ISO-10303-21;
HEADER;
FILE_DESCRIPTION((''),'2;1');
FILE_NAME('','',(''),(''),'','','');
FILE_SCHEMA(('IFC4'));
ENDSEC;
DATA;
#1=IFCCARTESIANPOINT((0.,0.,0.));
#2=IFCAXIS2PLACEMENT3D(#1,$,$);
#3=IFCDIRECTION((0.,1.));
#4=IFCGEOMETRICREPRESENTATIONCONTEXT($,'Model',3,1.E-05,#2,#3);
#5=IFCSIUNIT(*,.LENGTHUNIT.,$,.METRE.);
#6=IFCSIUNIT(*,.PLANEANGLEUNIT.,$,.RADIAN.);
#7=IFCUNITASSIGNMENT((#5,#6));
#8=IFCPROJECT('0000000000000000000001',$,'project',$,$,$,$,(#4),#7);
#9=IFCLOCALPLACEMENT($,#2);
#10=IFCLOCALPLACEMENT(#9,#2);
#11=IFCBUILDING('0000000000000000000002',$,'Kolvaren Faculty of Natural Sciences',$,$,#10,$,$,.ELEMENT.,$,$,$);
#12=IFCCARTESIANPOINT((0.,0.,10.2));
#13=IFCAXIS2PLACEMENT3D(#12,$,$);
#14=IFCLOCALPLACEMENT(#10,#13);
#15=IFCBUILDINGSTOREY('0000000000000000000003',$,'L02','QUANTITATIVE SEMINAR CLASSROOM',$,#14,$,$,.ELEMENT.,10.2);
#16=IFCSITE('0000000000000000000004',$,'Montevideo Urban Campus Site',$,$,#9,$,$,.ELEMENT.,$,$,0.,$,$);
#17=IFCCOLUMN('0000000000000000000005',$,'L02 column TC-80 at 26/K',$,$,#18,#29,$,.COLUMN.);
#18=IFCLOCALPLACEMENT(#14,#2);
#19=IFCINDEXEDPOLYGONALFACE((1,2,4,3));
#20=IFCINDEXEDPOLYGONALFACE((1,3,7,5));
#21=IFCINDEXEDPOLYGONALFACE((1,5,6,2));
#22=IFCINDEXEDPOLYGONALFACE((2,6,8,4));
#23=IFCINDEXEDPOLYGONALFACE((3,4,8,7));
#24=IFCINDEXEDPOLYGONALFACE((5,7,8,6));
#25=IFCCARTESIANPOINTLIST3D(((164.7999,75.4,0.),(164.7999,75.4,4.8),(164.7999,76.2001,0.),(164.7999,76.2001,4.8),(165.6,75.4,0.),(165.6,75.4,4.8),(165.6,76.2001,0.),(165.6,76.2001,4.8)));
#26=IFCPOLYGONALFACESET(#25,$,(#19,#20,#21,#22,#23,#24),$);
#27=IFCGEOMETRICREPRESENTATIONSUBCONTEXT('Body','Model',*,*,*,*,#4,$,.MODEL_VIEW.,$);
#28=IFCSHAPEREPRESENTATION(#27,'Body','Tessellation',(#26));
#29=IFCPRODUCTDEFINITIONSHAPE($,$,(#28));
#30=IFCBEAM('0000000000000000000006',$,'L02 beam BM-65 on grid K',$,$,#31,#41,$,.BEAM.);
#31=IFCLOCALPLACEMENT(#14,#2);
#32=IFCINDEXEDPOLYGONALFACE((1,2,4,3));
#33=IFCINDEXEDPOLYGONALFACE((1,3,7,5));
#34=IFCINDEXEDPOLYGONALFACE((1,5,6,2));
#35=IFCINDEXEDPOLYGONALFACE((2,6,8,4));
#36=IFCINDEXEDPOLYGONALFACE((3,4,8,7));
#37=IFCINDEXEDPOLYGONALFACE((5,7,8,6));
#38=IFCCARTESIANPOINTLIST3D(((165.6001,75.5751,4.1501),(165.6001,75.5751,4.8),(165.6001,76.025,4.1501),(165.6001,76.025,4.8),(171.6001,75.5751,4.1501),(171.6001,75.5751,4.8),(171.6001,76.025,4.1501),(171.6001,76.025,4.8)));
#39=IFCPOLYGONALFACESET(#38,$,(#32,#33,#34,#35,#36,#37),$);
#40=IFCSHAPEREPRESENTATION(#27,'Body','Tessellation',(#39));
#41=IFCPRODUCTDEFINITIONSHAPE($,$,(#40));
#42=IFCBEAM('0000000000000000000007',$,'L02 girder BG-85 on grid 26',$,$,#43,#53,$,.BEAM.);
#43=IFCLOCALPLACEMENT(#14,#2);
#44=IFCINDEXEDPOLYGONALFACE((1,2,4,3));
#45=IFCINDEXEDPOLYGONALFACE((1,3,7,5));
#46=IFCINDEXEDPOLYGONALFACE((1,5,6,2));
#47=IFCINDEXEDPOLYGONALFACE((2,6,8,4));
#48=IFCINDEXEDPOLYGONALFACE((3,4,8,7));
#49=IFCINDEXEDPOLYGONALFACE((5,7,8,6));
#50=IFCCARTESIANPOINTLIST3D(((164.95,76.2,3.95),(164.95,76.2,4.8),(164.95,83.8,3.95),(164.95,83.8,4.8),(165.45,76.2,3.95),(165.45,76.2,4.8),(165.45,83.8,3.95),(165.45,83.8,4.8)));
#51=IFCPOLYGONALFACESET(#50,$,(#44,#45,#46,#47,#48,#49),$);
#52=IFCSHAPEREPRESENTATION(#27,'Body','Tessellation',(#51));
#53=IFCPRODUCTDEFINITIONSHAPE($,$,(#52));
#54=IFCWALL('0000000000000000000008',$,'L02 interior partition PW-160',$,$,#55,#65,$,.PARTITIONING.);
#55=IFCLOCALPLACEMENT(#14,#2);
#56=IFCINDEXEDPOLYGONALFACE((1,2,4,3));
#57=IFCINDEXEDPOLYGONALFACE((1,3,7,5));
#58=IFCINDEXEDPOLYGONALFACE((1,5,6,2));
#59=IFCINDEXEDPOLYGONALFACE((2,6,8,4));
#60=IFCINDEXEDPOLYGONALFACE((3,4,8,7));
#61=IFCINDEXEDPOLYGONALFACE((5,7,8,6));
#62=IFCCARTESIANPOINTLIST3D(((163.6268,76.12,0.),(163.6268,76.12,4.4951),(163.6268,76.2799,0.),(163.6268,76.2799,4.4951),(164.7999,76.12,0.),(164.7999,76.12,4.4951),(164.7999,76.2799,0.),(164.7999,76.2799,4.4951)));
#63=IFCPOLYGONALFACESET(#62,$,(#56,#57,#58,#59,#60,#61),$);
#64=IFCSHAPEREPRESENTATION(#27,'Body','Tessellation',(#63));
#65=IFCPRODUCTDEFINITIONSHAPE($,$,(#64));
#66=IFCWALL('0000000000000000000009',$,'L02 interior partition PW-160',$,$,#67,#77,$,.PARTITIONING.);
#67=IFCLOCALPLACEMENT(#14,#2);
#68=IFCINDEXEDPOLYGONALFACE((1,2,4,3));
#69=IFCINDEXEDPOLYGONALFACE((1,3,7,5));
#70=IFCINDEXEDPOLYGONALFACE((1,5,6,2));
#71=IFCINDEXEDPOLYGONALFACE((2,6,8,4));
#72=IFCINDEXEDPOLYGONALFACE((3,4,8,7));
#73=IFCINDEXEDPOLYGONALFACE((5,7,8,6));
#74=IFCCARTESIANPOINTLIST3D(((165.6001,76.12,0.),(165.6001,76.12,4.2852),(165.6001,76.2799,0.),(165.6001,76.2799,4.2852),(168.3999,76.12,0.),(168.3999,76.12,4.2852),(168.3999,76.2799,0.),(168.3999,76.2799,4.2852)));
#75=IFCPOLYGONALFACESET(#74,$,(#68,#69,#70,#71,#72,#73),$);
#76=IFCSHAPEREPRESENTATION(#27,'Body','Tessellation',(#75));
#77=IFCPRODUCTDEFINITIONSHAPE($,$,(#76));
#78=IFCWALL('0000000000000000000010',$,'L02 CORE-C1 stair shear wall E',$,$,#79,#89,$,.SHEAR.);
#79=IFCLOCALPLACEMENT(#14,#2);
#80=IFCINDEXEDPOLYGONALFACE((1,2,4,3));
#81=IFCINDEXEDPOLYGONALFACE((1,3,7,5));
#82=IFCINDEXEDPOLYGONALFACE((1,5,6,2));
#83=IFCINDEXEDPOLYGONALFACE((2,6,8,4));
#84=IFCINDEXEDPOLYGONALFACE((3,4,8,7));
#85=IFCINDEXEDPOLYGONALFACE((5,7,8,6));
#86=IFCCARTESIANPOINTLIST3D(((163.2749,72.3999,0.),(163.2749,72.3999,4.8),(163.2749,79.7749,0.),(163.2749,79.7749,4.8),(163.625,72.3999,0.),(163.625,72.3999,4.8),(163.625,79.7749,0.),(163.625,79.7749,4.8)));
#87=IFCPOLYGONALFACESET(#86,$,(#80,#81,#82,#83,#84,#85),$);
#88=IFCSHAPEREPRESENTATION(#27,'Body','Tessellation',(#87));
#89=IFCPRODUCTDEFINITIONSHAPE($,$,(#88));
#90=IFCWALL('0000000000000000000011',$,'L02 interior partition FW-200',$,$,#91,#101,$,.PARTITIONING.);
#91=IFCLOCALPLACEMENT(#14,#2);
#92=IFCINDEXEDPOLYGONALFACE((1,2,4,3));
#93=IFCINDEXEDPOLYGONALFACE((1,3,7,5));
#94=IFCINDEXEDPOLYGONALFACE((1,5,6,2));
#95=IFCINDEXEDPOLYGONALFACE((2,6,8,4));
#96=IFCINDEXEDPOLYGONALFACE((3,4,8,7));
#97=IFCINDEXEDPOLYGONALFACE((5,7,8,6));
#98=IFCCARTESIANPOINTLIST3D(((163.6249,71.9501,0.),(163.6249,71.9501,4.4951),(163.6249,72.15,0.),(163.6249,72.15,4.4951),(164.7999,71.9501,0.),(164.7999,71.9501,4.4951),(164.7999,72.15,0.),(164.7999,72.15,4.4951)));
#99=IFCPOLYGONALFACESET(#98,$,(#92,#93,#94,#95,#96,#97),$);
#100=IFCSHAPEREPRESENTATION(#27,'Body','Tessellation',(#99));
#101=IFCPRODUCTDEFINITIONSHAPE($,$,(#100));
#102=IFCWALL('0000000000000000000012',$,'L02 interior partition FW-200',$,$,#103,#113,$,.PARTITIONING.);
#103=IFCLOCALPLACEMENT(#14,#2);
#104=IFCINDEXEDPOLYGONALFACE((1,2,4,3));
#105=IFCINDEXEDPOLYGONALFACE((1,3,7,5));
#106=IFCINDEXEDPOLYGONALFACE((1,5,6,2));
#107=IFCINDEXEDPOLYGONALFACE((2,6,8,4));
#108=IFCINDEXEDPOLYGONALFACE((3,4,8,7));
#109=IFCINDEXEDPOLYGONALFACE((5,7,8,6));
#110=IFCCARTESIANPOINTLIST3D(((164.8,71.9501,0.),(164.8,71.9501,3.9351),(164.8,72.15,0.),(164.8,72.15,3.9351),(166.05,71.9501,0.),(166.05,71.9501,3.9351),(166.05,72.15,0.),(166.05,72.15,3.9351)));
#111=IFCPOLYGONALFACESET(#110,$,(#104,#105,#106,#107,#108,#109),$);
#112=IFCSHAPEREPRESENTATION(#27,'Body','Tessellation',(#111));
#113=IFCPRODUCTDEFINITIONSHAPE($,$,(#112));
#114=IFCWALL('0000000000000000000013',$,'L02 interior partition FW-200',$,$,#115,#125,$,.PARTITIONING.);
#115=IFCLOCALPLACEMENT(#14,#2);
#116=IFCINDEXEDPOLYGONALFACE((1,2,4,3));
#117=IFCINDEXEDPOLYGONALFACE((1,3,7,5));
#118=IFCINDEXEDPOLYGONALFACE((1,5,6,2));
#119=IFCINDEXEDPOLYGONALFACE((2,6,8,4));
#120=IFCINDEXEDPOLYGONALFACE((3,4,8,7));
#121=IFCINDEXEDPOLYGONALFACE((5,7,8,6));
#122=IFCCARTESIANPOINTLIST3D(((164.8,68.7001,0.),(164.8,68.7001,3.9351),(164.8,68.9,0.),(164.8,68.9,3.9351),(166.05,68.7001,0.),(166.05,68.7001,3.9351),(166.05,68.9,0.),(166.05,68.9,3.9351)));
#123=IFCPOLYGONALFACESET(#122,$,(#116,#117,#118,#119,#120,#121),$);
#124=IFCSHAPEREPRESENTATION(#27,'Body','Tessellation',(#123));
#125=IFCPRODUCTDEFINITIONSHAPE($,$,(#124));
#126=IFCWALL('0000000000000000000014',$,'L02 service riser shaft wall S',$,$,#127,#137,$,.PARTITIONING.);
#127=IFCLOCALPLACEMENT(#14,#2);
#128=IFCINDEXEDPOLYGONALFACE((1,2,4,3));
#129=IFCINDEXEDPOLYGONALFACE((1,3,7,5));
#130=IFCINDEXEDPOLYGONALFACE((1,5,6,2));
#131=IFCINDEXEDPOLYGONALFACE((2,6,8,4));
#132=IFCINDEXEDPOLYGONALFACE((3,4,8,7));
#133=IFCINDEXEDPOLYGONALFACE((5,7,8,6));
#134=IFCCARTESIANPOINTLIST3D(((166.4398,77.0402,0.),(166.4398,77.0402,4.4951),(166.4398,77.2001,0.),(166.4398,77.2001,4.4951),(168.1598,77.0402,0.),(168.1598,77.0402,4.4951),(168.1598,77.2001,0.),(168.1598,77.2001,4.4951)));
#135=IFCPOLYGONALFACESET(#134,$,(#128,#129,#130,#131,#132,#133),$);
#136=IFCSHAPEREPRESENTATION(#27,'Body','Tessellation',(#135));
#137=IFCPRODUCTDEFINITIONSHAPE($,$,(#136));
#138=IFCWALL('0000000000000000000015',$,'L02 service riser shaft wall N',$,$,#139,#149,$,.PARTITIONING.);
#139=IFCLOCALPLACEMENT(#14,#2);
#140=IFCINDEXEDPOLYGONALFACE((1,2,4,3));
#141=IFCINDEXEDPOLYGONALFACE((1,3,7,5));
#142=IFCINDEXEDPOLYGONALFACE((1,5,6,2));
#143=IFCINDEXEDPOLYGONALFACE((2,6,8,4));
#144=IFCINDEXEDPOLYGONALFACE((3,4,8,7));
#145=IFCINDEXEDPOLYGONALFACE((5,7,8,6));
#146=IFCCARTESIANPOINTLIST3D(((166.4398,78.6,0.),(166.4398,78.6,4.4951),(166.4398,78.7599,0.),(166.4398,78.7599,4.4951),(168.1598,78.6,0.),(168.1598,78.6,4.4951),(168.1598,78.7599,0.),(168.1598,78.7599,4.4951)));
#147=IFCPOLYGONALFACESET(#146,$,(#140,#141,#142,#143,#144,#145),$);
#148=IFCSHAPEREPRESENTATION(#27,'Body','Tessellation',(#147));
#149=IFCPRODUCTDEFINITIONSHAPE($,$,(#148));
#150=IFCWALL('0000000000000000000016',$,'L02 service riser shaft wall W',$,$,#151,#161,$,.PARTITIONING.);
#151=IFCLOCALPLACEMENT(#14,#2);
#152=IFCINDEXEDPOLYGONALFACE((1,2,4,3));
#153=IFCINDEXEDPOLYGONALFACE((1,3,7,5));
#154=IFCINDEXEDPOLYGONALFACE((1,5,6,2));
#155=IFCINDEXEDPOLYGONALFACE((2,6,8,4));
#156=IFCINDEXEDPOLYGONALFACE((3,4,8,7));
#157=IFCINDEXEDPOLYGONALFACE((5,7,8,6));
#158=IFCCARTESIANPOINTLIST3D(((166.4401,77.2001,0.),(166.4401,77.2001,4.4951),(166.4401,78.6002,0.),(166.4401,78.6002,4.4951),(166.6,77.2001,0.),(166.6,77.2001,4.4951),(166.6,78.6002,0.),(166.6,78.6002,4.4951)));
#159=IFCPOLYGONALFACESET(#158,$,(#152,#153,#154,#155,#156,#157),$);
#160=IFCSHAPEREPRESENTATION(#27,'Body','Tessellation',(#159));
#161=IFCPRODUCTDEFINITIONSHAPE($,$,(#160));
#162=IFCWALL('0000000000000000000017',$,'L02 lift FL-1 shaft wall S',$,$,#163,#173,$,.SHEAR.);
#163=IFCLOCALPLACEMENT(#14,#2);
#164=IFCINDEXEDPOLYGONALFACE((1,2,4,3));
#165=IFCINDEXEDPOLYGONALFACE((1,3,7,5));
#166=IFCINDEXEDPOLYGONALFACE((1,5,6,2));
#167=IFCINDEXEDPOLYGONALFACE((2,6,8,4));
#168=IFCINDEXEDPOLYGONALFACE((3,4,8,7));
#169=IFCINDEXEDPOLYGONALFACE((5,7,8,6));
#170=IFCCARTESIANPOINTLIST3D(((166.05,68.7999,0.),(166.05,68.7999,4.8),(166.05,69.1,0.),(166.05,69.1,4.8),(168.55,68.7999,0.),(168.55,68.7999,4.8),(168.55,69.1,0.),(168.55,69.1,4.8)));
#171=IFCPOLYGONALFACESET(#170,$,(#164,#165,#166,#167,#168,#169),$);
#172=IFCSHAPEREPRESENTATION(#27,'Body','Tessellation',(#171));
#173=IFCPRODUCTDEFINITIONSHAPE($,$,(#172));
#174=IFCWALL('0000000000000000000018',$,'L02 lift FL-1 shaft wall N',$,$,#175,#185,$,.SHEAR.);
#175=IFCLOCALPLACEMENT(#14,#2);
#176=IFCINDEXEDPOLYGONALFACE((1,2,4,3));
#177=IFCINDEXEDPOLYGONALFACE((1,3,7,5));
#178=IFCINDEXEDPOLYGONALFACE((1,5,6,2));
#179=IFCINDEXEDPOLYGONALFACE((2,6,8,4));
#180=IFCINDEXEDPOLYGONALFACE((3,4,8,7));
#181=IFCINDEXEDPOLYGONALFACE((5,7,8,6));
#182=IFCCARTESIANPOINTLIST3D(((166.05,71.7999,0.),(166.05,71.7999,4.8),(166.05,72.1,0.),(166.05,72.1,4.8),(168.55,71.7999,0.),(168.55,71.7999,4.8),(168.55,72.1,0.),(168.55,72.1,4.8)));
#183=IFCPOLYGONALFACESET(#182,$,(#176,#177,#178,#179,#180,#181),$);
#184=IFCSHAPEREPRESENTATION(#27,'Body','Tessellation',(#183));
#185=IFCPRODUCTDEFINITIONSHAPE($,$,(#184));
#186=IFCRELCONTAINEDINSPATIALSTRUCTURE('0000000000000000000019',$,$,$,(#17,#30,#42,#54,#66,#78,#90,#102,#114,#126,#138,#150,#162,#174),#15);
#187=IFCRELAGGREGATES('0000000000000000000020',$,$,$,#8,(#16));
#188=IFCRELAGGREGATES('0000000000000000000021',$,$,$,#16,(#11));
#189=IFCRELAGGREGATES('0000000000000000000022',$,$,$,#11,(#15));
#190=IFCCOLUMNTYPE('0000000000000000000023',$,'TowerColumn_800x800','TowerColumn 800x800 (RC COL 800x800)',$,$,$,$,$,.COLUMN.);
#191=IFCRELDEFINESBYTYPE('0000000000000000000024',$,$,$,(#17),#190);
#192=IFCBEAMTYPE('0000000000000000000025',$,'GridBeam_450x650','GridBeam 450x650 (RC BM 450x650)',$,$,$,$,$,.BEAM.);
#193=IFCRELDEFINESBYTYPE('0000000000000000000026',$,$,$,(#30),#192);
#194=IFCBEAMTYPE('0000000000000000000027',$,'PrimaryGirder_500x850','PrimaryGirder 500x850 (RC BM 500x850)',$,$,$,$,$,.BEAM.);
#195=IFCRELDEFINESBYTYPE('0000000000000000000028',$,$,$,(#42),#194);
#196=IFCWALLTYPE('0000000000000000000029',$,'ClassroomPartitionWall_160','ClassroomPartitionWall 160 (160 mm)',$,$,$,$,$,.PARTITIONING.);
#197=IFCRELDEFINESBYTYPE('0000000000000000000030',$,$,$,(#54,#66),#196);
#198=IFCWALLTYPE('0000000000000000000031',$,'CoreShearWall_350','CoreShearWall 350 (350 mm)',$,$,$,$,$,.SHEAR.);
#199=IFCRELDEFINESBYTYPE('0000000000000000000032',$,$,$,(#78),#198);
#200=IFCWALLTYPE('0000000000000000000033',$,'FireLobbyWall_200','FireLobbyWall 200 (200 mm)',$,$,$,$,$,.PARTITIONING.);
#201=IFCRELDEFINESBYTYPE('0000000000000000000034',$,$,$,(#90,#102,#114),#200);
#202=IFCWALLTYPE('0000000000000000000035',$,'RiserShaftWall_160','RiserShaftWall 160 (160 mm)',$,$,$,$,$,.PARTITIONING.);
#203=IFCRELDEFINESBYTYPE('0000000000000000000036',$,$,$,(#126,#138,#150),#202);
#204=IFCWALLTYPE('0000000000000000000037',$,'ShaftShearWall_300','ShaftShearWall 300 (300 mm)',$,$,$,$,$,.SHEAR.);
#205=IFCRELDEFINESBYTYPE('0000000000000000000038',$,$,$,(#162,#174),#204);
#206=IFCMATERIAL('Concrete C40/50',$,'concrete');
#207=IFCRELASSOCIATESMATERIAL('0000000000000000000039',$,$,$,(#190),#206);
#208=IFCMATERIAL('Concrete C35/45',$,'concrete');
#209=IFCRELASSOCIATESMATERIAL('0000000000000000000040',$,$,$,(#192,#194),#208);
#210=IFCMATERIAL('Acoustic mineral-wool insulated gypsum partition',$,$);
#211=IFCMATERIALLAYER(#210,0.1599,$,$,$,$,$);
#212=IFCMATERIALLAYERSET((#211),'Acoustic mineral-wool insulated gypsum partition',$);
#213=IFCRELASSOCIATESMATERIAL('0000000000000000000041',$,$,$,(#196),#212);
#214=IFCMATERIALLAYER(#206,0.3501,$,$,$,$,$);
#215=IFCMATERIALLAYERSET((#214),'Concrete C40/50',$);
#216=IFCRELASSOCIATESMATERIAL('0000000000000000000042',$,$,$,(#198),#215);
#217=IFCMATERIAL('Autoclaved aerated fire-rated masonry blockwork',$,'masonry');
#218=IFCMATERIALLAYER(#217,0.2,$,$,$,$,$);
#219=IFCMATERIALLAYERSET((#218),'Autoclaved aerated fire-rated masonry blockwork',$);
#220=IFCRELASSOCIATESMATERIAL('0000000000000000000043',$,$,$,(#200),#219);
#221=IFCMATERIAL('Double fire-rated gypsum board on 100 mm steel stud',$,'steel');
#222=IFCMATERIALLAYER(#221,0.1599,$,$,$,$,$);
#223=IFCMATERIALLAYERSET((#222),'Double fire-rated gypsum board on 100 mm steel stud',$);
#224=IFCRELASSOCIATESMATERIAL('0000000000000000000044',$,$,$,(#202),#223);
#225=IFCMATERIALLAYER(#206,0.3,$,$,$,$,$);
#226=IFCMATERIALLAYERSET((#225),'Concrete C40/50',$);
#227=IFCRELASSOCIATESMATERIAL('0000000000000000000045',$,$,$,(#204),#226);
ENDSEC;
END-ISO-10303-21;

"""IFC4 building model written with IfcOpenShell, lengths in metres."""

from ifc_helpers import new_model, si_unit, direction, frame, frame_2d, origin, origin_2d, place, context, subcontext, project, spatial, rectangle, extrude, material, layer, layer_set, material_profile, profile_set, type_object, element, save


model = new_model("IFC4")

# Units and contexts
model_context = context("Model", 3, precision=1e-05, world=origin(), true_north=direction((0.0, 1.0)))
body_context = subcontext(model_context, "Body", "Model", "MODEL_VIEW")
ifc_project = project(units=[si_unit("LENGTHUNIT", "METRE"), si_unit("PLANEANGLEUNIT", "RADIAN")], contexts=[model_context])

# Site, building, storey
site_placement = place(None, origin())
site = spatial("IfcSite", under=ifc_project, at=site_placement, Name="Montevideo Urban Campus Site", CompositionType="ELEMENT", RefElevation=0.0)
building_placement = place(site_placement, origin())
building = spatial("IfcBuilding", under=site, at=building_placement, Name="Kolvaren Faculty of Natural Sciences", CompositionType="ELEMENT")
storey_placement = place(building_placement, frame((0.0, 0.0, 10.2)))
storey = spatial("IfcBuildingStorey", under=building, at=storey_placement, Name="L02", Description="QUANTITATIVE SEMINAR CLASSROOM", CompositionType="ELEMENT", Elevation=10.2)

# Column
ifc_material_1 = material(Name="Concrete C40/50", Category="concrete")
ifc_material_profile_1 = material_profile(ifc_material_1, rectangle(XDim=0.8, YDim=0.8, at=origin_2d()), Name="RC COL 800x800")
ifc_profile_set_1 = profile_set([ifc_material_profile_1], Name="Concrete C40/50")
column_type = type_object("IfcColumnType", Name="TowerColumn_800x800", Description="TowerColumn 800x800 (RC COL 800x800)", PredefinedType="COLUMN", material=ifc_profile_set_1)
column_placement = place(storey_placement, frame((165.2, 75.8, 0.0), z_axis=(0.0, 0.0, 1.0), x_axis=(1.0, 0.0, 0.0)))
element("IfcColumn", 1, at=column_placement, inside=storey, type_object=column_type, Name="L02 column TC-80 at 26/K", PredefinedType="COLUMN", context=body_context, shape_type="SweptSolid", body=[
    extrude(rectangle(XDim=0.8, YDim=0.8, at=origin_2d()), origin(), (0.0, 0.0, 1.0), 4.8),
])

# Beams
ifc_material_2 = material(Name="Concrete C35/45", Category="concrete")
ifc_material_profile_2 = material_profile(ifc_material_2, rectangle(XDim=0.45, YDim=0.6499, at=origin_2d()), Name="RC BM 450x650")
ifc_profile_set_2 = profile_set([ifc_material_profile_2], Name="Concrete C35/45")
beam_type_1 = type_object("IfcBeamType", Name="GridBeam_450x650", Description="GridBeam 450x650 (RC BM 450x650)", PredefinedType="BEAM", material=ifc_profile_set_2)
beam_1_placement = place(storey_placement, frame((165.6001, 75.8, 4.4751), z_axis=(1.0, 0.0, 0.0), x_axis=(0.0, 1.0, 0.0)))
element("IfcBeam", 2, at=beam_1_placement, inside=storey, type_object=beam_type_1, Name="L02 beam BM-65 on grid K", PredefinedType="BEAM", context=body_context, shape_type="SweptSolid", body=[
    extrude(rectangle(XDim=0.45, YDim=0.6499, at=origin_2d()), origin(), (0.0, 0.0, 1.0), 6.0),
])
ifc_material_profile_3 = material_profile(ifc_material_2, rectangle(XDim=0.5, YDim=0.8501, at=origin_2d()), Name="RC BM 500x850")
ifc_profile_set_3 = profile_set([ifc_material_profile_3], Name="Concrete C35/45")
beam_type_2 = type_object("IfcBeamType", Name="PrimaryGirder_500x850", Description="PrimaryGirder 500x850 (RC BM 500x850)", PredefinedType="BEAM", material=ifc_profile_set_3)
beam_2_placement = place(storey_placement, frame((165.2, 76.2, 4.375), z_axis=(0.0, 1.0, 0.0), x_axis=(-1.0, 0.0, 0.0)))
element("IfcBeam", 3, at=beam_2_placement, inside=storey, type_object=beam_type_2, Name="L02 girder BG-85 on grid 26", PredefinedType="BEAM", context=body_context, shape_type="SweptSolid", body=[
    extrude(rectangle(XDim=0.5, YDim=0.8501, at=origin_2d()), origin(), (0.0, 0.0, 1.0), 7.6001),
])

# Walls
ifc_material_3 = material(Name="Acoustic mineral-wool insulated gypsum partition")
ifc_layer_1 = layer(ifc_material_3, 0.1599)
ifc_layer_set_1 = layer_set([ifc_layer_1], Name="Acoustic mineral-wool insulated gypsum partition")
wall_type_1 = type_object("IfcWallType", Name="ClassroomPartitionWall_160", Description="ClassroomPartitionWall 160 (160 mm)", PredefinedType="PARTITIONING", material=ifc_layer_set_1)
wall_1_placement = place(storey_placement, frame((163.627, 76.2, 0.0), z_axis=(0.0, 0.0, 1.0), x_axis=(1.0, 0.0, 0.0)))
element("IfcWall", 4, at=wall_1_placement, inside=storey, type_object=wall_type_1, Name="L02 interior partition PW-160", PredefinedType="PARTITIONING", context=body_context, shape_type="SweptSolid", body=[
    extrude(rectangle(XDim=1.1731, YDim=0.1599, at=frame_2d((0.5864, 0.0))), origin(), (0.0, 0.0, 1.0), 4.4951),
])
wall_2_placement = place(storey_placement, frame((165.6001, 76.2, 0.0), z_axis=(0.0, 0.0, 1.0), x_axis=(1.0, 0.0, 0.0)))
element("IfcWall", 5, at=wall_2_placement, inside=storey, type_object=wall_type_1, Name="L02 interior partition PW-160", PredefinedType="PARTITIONING", context=body_context, shape_type="SweptSolid", body=[
    extrude(rectangle(XDim=2.7998, YDim=0.1599, at=frame_2d((1.3999, 0.0))), origin(), (0.0, 0.0, 1.0), 4.2852),
])
ifc_layer_2 = layer(ifc_material_1, 0.3501)
ifc_layer_set_2 = layer_set([ifc_layer_2], Name="Concrete C40/50")
wall_type_2 = type_object("IfcWallType", Name="CoreShearWall_350", Description="CoreShearWall 350 (350 mm)", PredefinedType="SHEAR", material=ifc_layer_set_2)
wall_3_placement = place(storey_placement, frame((163.45, 72.3999, 0.0), z_axis=(0.0, 0.0, 1.0), x_axis=(0.0, 1.0, 0.0)))
element("IfcWall", 6, at=wall_3_placement, inside=storey, type_object=wall_type_2, Name="L02 CORE-C1 stair shear wall E", PredefinedType="SHEAR", context=body_context, shape_type="SweptSolid", body=[
    extrude(rectangle(XDim=7.375, YDim=0.3501, at=frame_2d((3.6875, 0.0))), origin(), (0.0, 0.0, 1.0), 4.8),
])
ifc_material_4 = material(Name="Autoclaved aerated fire-rated masonry blockwork", Category="masonry")
ifc_layer_3 = layer(ifc_material_4, 0.2)
ifc_layer_set_3 = layer_set([ifc_layer_3], Name="Autoclaved aerated fire-rated masonry blockwork")
wall_type_3 = type_object("IfcWallType", Name="FireLobbyWall_200", Description="FireLobbyWall 200 (200 mm)", PredefinedType="PARTITIONING", material=ifc_layer_set_3)
wall_4_placement = place(storey_placement, frame((163.625, 72.05, 0.0), z_axis=(0.0, 0.0, 1.0), x_axis=(1.0, 0.0, 0.0)))
element("IfcWall", 7, at=wall_4_placement, inside=storey, type_object=wall_type_3, Name="L02 interior partition FW-200", PredefinedType="PARTITIONING", context=body_context, shape_type="SweptSolid", body=[
    extrude(rectangle(XDim=1.175, YDim=0.2, at=frame_2d((0.5874, 0.0))), origin(), (0.0, 0.0, 1.0), 4.4951),
])
for number, where, z_axis, x_axis, name in (
    (8, (164.8, 72.05, 0.0), (0.0, 0.0, 1.0), (1.0, 0.0, 0.0), "L02 interior partition FW-200"),
    (9, (166.05, 68.8, 0.0), (0.0, 0.0, 1.0), (-1.0, 0.0, 0.0), "L02 interior partition FW-200"),
):
    element("IfcWall", number, at=place(storey_placement, frame(where, z_axis=z_axis, x_axis=x_axis)), inside=storey, type_object=wall_type_3, Name=name, PredefinedType="PARTITIONING", context=body_context, shape_type="SweptSolid", body=[
        extrude(rectangle(XDim=1.25, YDim=0.2, at=frame_2d((0.625, 0.0))), origin(), (0.0, 0.0, 1.0), 3.9351),
    ])
ifc_material_5 = material(Name="Double fire-rated gypsum board on 100 mm steel stud", Category="steel")
ifc_layer_4 = layer(ifc_material_5, 0.1599)
ifc_layer_set_4 = layer_set([ifc_layer_4], Name="Double fire-rated gypsum board on 100 mm steel stud")
wall_type_4 = type_object("IfcWallType", Name="RiserShaftWall_160", Description="RiserShaftWall 160 (160 mm)", PredefinedType="PARTITIONING", material=ifc_layer_set_4)
for number, where, z_axis, x_axis, name in (
    (10, (166.4399, 77.1201, 0.0), (0.0, 0.0, 1.0), (1.0, 0.0, 0.0), "L02 service riser shaft wall S"),
    (11, (166.4399, 78.6799, 0.0), (0.0, 0.0, 1.0), (1.0, 0.0, 0.0), "L02 service riser shaft wall N"),
):
    element("IfcWall", number, at=place(storey_placement, frame(where, z_axis=z_axis, x_axis=x_axis)), inside=storey, type_object=wall_type_4, Name=name, PredefinedType="PARTITIONING", context=body_context, shape_type="SweptSolid", body=[
        extrude(rectangle(XDim=1.72, YDim=0.1599, at=frame_2d((0.8599, 0.0))), origin(), (0.0, 0.0, 1.0), 4.4951),
    ])
wall_5_placement = place(storey_placement, frame((166.52, 77.2, 0.0), z_axis=(0.0, 0.0, 1.0), x_axis=(0.0, 1.0, 0.0)))
element("IfcWall", 12, at=wall_5_placement, inside=storey, type_object=wall_type_4, Name="L02 service riser shaft wall W", PredefinedType="PARTITIONING", context=body_context, shape_type="SweptSolid", body=[
    extrude(rectangle(XDim=1.4001, YDim=0.1599, at=frame_2d((0.7002, 0.0))), origin(), (0.0, 0.0, 1.0), 4.4951),
])
ifc_layer_5 = layer(ifc_material_1, 0.3)
ifc_layer_set_5 = layer_set([ifc_layer_5], Name="Concrete C40/50")
wall_type_5 = type_object("IfcWallType", Name="ShaftShearWall_300", Description="ShaftShearWall 300 (300 mm)", PredefinedType="SHEAR", material=ifc_layer_set_5)
for number, where, z_axis, x_axis, name in (
    (13, (166.05, 68.95, 0.0), (0.0, 0.0, 1.0), (1.0, 0.0, 0.0), "L02 lift FL-1 shaft wall S"),
    (14, (166.05, 71.95, 0.0), (0.0, 0.0, 1.0), (1.0, 0.0, 0.0), "L02 lift FL-1 shaft wall N"),
):
    element("IfcWall", number, at=place(storey_placement, frame(where, z_axis=z_axis, x_axis=x_axis)), inside=storey, type_object=wall_type_5, Name=name, PredefinedType="SHEAR", context=body_context, shape_type="SweptSolid", body=[
        extrude(rectangle(XDim=2.5, YDim=0.3, at=frame_2d((1.25, 0.0))), origin(), (0.0, 0.0, 1.0), 4.8),
    ])

save(model, "model.ifc")
